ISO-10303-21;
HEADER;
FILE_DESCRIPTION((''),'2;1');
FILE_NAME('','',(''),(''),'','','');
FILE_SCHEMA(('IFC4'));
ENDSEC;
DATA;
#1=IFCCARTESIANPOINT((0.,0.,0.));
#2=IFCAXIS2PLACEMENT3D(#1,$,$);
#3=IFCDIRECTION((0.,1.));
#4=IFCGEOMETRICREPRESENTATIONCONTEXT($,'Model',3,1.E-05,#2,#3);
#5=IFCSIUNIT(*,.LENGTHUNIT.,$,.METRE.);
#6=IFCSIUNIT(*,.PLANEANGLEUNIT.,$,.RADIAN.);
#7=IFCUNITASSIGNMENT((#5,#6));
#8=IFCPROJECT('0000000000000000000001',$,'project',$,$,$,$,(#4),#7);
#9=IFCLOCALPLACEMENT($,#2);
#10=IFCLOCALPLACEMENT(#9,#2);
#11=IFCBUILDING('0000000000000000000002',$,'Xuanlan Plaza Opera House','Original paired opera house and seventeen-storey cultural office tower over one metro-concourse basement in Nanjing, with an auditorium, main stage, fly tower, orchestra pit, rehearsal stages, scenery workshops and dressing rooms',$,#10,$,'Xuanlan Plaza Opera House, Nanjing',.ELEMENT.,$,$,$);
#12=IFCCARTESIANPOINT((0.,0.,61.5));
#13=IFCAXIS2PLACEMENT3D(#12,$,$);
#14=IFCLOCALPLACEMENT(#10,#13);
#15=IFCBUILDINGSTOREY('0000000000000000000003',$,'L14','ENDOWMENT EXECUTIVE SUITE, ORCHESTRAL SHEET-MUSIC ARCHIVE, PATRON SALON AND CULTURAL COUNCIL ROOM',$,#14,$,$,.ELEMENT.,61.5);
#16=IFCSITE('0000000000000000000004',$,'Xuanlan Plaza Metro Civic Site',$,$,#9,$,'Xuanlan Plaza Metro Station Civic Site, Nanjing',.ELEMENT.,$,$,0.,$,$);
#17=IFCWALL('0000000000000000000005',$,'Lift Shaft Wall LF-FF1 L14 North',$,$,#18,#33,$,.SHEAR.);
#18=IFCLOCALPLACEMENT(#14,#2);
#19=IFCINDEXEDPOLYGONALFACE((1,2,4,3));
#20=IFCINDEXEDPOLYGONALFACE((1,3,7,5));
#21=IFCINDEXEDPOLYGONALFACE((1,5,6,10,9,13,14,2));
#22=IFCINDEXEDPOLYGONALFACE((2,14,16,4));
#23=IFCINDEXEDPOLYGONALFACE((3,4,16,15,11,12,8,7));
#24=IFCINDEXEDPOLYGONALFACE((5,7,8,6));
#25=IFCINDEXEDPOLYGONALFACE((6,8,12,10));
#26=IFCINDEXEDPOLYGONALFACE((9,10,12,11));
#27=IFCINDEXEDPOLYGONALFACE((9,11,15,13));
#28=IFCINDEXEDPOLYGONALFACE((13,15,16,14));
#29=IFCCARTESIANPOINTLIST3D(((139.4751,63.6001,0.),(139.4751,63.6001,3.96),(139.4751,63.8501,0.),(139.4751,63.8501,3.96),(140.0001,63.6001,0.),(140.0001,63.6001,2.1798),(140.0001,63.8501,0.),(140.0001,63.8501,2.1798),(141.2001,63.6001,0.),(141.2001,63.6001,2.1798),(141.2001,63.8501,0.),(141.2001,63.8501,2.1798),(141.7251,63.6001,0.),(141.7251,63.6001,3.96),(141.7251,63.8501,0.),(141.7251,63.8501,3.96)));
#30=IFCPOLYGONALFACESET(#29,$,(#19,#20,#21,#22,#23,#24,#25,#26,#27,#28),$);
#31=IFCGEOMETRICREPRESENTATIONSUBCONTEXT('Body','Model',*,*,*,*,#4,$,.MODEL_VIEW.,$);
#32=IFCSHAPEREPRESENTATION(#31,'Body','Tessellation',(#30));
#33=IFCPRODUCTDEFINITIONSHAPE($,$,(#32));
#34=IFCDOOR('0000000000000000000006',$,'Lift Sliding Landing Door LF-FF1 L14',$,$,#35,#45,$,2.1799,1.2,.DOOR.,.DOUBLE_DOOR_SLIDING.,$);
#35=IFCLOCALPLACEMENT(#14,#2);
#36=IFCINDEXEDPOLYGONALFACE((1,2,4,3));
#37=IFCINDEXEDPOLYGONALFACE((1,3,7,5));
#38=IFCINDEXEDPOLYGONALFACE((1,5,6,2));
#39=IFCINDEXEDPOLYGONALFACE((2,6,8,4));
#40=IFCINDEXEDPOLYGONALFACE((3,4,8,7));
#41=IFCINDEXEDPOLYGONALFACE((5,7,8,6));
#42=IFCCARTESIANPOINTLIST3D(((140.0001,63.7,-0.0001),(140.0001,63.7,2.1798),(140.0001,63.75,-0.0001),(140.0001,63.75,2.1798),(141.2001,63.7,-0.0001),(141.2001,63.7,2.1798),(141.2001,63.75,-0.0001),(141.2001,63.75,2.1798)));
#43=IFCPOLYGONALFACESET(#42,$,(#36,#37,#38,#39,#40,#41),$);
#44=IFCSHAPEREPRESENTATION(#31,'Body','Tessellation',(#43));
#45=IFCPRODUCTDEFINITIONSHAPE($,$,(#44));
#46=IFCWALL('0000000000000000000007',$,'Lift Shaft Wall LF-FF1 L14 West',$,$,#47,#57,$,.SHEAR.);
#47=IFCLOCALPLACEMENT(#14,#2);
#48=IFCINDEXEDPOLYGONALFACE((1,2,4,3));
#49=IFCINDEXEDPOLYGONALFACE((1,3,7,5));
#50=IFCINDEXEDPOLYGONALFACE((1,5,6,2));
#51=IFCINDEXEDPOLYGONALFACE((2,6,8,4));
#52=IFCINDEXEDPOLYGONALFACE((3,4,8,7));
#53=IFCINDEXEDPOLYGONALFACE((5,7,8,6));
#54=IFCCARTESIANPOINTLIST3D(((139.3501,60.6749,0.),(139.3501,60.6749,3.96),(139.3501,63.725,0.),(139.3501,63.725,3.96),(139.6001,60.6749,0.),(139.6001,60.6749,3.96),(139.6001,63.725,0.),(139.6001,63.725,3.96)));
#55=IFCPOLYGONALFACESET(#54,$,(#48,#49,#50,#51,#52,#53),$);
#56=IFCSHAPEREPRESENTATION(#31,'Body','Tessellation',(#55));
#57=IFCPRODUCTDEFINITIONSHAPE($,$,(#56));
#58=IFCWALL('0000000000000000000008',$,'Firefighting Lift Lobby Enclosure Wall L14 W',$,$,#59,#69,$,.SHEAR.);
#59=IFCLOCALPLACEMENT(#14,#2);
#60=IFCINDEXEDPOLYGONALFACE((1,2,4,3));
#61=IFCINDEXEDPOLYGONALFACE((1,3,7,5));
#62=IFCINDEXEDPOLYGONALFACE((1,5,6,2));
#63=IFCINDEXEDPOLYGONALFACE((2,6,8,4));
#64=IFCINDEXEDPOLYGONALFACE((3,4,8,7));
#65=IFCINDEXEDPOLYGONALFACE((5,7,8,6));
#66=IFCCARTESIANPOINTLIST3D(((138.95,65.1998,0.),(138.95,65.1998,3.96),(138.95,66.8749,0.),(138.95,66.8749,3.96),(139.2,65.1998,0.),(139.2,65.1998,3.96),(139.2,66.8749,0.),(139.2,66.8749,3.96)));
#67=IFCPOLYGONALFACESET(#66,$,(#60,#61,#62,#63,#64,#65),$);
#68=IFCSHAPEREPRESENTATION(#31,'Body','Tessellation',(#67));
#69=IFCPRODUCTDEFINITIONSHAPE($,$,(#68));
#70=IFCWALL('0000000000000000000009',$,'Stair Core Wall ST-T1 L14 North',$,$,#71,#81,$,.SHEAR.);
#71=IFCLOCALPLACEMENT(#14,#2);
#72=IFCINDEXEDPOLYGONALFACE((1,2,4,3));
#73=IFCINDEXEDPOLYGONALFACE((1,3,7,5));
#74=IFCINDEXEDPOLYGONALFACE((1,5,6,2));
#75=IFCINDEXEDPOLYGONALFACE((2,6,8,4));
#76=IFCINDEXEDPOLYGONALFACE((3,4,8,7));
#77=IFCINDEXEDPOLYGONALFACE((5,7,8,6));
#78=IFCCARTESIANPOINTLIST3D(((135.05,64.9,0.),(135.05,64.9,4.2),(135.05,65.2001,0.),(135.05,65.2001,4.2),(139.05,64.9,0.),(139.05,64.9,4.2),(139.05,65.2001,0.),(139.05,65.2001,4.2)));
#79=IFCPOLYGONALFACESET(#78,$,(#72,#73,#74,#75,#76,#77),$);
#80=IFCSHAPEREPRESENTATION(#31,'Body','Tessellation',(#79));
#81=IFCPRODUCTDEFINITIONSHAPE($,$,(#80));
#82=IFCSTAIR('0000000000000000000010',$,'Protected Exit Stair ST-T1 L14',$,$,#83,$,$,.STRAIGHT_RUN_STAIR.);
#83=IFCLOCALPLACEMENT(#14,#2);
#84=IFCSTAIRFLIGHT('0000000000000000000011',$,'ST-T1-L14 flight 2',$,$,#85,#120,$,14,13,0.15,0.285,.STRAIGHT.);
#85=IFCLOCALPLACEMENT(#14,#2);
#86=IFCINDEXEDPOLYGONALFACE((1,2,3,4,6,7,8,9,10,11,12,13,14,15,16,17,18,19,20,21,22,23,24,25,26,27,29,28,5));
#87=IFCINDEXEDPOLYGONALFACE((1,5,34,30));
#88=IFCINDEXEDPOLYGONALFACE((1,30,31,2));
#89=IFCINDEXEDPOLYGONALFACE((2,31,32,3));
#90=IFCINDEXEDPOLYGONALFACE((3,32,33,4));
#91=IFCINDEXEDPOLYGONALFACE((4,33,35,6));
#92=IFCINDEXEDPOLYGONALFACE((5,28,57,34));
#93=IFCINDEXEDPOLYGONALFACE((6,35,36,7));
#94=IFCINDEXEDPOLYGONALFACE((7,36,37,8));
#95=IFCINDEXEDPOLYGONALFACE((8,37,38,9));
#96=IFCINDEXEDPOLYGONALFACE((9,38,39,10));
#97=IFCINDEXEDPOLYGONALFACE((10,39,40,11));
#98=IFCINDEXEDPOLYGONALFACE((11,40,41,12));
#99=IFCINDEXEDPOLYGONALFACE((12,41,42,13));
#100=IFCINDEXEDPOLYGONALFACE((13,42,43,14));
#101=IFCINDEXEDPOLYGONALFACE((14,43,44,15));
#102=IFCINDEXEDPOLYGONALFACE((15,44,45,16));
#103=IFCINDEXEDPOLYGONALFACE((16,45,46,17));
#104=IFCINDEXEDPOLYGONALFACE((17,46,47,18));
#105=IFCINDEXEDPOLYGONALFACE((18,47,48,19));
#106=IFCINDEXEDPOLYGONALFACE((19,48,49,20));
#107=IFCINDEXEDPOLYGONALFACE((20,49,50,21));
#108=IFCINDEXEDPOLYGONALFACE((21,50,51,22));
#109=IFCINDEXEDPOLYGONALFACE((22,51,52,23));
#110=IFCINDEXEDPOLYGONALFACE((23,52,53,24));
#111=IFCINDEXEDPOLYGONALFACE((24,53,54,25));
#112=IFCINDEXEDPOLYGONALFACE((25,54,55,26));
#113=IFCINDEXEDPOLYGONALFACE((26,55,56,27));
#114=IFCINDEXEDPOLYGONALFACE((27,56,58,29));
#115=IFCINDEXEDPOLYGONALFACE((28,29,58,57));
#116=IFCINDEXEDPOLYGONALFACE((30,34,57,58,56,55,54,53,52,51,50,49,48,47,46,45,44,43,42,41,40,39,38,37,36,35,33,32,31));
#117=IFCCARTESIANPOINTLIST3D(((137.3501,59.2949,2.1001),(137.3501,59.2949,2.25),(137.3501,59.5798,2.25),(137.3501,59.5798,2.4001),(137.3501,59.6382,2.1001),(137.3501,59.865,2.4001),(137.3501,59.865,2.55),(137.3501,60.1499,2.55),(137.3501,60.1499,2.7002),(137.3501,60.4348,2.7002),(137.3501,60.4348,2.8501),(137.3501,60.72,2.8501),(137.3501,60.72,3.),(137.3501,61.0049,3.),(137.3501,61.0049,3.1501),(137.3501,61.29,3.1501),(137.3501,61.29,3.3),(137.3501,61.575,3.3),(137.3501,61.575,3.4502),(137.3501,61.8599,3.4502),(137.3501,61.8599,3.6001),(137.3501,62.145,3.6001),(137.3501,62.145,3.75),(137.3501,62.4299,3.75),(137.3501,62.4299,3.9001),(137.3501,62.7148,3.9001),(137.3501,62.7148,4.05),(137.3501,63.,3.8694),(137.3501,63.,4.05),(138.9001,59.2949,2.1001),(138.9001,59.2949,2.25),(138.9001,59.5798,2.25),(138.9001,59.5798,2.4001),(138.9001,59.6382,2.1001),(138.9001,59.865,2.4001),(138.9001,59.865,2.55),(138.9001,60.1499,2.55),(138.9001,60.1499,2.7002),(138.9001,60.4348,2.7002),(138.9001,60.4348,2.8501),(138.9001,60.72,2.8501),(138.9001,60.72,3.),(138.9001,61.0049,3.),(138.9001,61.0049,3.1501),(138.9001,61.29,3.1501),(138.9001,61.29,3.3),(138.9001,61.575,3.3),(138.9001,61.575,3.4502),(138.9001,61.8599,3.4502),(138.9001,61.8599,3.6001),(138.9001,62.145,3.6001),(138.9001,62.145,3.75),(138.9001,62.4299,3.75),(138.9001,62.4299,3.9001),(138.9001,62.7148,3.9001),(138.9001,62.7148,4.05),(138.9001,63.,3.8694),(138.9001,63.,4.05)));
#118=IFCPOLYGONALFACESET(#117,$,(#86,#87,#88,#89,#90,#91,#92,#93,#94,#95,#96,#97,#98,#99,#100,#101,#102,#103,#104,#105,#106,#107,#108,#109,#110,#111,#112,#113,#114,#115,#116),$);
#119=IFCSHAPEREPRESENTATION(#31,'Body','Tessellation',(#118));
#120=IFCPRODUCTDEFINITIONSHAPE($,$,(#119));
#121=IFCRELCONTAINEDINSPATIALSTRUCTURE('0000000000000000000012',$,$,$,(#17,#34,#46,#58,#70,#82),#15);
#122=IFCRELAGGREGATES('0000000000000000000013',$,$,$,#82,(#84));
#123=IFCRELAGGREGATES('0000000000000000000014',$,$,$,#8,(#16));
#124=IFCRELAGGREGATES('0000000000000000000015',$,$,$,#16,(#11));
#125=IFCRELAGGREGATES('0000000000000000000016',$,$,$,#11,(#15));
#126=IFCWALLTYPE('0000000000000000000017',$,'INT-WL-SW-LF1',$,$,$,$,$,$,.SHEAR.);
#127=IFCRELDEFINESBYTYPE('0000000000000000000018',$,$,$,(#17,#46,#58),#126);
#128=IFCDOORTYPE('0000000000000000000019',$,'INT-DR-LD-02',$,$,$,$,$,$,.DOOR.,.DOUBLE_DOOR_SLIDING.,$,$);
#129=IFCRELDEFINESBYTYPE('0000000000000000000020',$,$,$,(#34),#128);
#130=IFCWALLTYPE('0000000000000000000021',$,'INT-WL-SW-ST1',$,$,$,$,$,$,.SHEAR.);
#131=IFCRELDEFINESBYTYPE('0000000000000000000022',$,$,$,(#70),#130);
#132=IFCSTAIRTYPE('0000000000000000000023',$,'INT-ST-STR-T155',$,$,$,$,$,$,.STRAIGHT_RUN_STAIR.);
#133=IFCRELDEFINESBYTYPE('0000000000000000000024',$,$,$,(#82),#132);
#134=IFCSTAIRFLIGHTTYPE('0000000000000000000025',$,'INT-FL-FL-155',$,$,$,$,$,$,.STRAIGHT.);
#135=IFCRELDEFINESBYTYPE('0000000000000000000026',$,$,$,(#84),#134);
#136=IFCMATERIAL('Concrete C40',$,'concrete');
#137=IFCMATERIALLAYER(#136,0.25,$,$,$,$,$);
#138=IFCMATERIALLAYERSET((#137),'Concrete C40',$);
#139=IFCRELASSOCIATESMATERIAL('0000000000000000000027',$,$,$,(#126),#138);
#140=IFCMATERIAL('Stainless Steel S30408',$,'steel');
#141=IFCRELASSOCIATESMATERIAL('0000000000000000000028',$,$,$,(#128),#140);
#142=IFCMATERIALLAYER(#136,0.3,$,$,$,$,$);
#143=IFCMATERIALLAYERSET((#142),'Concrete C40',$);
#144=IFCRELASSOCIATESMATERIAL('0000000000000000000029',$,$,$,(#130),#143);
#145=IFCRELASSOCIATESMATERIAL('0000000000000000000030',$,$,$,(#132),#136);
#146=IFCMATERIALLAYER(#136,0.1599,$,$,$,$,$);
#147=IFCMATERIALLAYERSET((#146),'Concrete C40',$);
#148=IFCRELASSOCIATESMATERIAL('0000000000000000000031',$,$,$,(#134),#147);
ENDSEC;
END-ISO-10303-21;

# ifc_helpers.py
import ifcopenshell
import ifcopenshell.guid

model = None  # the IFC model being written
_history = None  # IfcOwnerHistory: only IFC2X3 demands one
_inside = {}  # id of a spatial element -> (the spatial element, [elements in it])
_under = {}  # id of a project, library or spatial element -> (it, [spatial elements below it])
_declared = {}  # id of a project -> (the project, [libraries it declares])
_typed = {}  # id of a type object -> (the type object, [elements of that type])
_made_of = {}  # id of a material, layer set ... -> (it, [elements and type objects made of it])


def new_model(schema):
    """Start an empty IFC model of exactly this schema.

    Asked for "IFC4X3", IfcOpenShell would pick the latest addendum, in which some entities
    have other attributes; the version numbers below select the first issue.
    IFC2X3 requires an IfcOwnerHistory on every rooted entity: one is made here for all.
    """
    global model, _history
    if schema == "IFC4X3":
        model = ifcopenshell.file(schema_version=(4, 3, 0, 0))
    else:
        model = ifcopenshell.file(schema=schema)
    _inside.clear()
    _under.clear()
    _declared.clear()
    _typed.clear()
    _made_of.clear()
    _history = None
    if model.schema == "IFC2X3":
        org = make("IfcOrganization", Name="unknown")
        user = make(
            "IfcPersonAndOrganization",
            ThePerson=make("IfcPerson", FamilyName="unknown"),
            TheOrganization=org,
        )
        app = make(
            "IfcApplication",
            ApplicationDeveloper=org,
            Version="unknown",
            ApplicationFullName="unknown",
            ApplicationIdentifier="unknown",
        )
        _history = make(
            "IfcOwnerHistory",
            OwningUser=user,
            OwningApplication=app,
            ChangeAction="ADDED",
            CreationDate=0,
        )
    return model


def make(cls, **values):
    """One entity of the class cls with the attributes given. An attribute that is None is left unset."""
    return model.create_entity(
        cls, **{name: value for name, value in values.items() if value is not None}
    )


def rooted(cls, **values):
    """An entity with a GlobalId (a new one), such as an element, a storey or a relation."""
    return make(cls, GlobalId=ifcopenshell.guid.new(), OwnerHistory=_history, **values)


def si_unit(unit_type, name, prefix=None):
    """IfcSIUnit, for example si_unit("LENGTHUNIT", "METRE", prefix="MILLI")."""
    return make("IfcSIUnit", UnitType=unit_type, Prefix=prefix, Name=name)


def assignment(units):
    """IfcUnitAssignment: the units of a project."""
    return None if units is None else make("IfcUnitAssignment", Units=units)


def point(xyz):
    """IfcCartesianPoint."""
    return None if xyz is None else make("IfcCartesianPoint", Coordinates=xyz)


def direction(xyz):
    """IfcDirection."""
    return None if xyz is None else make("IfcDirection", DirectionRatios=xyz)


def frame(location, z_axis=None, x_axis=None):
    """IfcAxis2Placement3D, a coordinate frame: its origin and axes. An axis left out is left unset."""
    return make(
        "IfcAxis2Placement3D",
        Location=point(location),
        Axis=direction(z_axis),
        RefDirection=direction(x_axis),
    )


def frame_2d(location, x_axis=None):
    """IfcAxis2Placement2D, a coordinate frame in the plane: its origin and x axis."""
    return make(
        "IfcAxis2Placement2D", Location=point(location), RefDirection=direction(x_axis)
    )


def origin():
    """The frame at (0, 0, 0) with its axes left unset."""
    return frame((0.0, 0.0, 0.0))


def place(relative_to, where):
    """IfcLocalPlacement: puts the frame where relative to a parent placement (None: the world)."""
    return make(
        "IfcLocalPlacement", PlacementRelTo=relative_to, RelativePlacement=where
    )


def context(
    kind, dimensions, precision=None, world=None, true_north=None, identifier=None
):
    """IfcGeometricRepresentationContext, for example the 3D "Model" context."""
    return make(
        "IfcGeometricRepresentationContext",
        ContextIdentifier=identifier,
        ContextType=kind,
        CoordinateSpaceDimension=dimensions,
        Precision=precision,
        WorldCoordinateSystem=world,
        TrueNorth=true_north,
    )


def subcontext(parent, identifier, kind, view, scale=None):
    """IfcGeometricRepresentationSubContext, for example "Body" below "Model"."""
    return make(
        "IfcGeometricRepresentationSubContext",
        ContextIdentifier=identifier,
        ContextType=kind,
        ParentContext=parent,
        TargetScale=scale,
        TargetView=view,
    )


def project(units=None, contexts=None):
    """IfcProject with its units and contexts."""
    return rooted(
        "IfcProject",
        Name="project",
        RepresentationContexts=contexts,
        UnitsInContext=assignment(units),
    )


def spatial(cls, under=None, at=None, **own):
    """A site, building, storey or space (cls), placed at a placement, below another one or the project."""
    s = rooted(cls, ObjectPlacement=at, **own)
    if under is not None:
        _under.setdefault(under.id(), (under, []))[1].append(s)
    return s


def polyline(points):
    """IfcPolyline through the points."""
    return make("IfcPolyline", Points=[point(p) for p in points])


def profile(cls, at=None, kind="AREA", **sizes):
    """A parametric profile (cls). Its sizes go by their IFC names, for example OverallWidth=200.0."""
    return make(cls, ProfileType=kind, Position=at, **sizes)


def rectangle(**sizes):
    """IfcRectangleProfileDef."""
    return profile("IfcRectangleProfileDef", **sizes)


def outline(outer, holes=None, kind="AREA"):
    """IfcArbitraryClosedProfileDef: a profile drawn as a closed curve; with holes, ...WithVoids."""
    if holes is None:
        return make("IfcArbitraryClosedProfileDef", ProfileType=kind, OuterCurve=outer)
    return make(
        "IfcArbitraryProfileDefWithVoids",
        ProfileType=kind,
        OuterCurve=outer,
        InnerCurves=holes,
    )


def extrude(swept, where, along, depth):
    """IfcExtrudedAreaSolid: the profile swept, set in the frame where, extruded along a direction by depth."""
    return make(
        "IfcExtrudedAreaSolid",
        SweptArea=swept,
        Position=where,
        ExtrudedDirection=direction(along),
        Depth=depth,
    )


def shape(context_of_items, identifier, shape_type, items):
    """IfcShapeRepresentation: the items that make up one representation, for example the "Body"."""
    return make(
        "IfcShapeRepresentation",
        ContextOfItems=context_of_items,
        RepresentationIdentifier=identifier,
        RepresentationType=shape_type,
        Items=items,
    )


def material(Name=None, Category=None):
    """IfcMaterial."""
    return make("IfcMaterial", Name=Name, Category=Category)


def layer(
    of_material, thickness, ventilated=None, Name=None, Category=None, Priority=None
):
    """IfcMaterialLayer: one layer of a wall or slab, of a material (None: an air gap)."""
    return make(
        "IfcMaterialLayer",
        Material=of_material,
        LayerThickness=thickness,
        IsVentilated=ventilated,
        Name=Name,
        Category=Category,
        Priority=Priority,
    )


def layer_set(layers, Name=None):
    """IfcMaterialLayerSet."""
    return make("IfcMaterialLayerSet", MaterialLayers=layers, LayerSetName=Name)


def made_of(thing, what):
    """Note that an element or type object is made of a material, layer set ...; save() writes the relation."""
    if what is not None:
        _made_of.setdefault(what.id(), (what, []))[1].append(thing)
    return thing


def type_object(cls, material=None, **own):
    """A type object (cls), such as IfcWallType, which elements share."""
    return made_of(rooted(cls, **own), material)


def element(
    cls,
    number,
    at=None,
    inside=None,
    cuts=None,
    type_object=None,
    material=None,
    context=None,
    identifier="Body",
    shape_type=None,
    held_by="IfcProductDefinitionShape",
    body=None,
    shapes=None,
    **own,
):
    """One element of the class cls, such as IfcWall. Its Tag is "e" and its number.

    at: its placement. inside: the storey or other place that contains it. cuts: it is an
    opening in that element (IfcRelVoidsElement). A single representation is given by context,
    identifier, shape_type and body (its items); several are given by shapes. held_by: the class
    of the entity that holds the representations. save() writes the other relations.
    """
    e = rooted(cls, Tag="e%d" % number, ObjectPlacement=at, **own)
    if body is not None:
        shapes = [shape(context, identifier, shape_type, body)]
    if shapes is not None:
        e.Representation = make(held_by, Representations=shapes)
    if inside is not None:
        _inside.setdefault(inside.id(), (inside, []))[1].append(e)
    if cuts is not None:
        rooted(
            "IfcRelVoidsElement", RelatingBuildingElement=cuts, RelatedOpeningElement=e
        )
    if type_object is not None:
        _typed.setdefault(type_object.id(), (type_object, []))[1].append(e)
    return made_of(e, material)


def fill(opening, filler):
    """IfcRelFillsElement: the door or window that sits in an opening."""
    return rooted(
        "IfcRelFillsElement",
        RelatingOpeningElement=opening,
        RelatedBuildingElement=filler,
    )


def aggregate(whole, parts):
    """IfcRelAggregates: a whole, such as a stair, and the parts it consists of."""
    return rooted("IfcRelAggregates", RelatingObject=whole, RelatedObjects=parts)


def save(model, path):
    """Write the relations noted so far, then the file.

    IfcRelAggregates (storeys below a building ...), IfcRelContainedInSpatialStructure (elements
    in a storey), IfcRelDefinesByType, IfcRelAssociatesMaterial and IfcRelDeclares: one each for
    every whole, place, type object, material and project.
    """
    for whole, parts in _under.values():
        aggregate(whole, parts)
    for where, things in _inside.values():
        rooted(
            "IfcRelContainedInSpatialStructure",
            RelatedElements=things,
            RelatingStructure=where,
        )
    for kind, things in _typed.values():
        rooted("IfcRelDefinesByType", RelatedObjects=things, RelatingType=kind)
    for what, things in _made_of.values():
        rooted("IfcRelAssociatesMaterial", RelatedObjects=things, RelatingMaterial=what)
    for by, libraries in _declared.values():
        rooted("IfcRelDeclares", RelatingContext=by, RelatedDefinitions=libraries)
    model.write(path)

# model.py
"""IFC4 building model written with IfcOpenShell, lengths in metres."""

from ifc_helpers import new_model, si_unit, direction, frame, frame_2d, origin, place, context, subcontext, project, spatial, polyline, rectangle, outline, extrude, material, layer, layer_set, type_object, element, fill, aggregate, save


model = new_model("IFC4")

# Units and contexts
model_context = context("Model", 3, precision=1e-05, world=origin(), true_north=direction((0.0, 1.0)))
body_context = subcontext(model_context, "Body", "Model", "MODEL_VIEW")
ifc_project = project(units=[si_unit("LENGTHUNIT", "METRE"), si_unit("PLANEANGLEUNIT", "RADIAN")], contexts=[model_context])

# Site, building, storey
site_placement = place(None, origin())
site = spatial("IfcSite", under=ifc_project, at=site_placement, Name="Xuanlan Plaza Metro Civic Site", LongName="Xuanlan Plaza Metro Station Civic Site, Nanjing", CompositionType="ELEMENT", RefElevation=0.0)
building_placement = place(site_placement, origin())
building = spatial("IfcBuilding", under=site, at=building_placement, Name="Xuanlan Plaza Opera House", Description="Original paired opera house and seventeen-storey cultural office tower over one metro-concourse basement in Nanjing, with an auditorium, main stage, fly tower, orchestra pit, rehearsal stages, scenery workshops and dressing rooms", LongName="Xuanlan Plaza Opera House, Nanjing", CompositionType="ELEMENT")
storey_placement = place(building_placement, frame((0.0, 0.0, 61.5)))
storey = spatial("IfcBuildingStorey", under=building, at=storey_placement, Name="L14", Description="ENDOWMENT EXECUTIVE SUITE, ORCHESTRAL SHEET-MUSIC ARCHIVE, PATRON SALON AND CULTURAL COUNCIL ROOM", CompositionType="ELEMENT", Elevation=61.5)

# Shared definitions
ifc_material_1 = material(Name="Concrete C40", Category="concrete")

# Shared definitions
ifc_layer_1 = layer(ifc_material_1, 0.25)
ifc_layer_set_1 = layer_set([ifc_layer_1], Name="Concrete C40")
wall_type_1 = type_object("IfcWallType", Name="INT-WL-SW-LF1", PredefinedType="SHEAR", material=ifc_layer_set_1)

# Wall, opening, door
wall_1_placement = place(storey_placement, frame((139.4751, 63.7251, 0.0), z_axis=(0.0, 0.0, 1.0), x_axis=(1.0, 0.0, 0.0)))
wall_1 = element("IfcWall", 1, at=wall_1_placement, inside=storey, type_object=wall_type_1, Name="Lift Shaft Wall LF-FF1 L14 North", PredefinedType="SHEAR", context=body_context, shape_type="SweptSolid", body=[
    extrude(rectangle(XDim=2.25, YDim=0.25, at=frame_2d((1.125, 0.0))), origin(), (0.0, 0.0, 1.0), 3.96),
])
opening_1_placement = place(wall_1_placement, frame((0.5249, 0.0, 0.0)))
opening_1 = element("IfcOpeningElement", 2, at=opening_1_placement, cuts=wall_1, PredefinedType="OPENING", context=body_context, shape_type="SweptSolid", body=[
    extrude(rectangle(XDim=1.2, YDim=2.1799, at=frame_2d((0.6001, 1.0898))), frame((0.0, 0.135, 0.0), z_axis=(0.0, -1.0, 0.0), x_axis=(1.0, 0.0, 0.0)), (0.0, 0.0, 1.0), 0.27),
])
ifc_material_2 = material(Name="Stainless Steel S30408", Category="steel")
door_type_1 = type_object("IfcDoorType", Name="INT-DR-LD-02", OperationType="DOUBLE_DOOR_SLIDING", PredefinedType="DOOR", material=ifc_material_2)
door_1_placement = place(opening_1_placement, origin())
door_1 = element("IfcDoor", 3, at=door_1_placement, inside=storey, type_object=door_type_1, Name="Lift Sliding Landing Door LF-FF1 L14", OperationType="DOUBLE_DOOR_SLIDING", OverallHeight=2.1799, OverallWidth=1.2, PredefinedType="DOOR", context=body_context, shape_type="SweptSolid", body=[
    extrude(rectangle(XDim=1.2, YDim=2.1799, at=frame_2d((0.6001, 1.0898))), frame((0.0, 0.0249, 0.0), z_axis=(0.0, -1.0, 0.0), x_axis=(1.0, 0.0, 0.0)), (0.0, 0.0, 1.0), 0.05),
])
fill(opening_1, door_1)

# Walls
wall_2_placement = place(storey_placement, frame((139.4751, 60.675, 0.0), z_axis=(0.0, 0.0, 1.0), x_axis=(0.0, 1.0, 0.0)))
element("IfcWall", 4, at=wall_2_placement, inside=storey, type_object=wall_type_1, Name="Lift Shaft Wall LF-FF1 L14 West", PredefinedType="SHEAR", context=body_context, shape_type="SweptSolid", body=[
    extrude(rectangle(XDim=3.05, YDim=0.25, at=frame_2d((1.5249, 0.0))), origin(), (0.0, 0.0, 1.0), 3.96),
])
wall_3_placement = place(storey_placement, frame((139.075, 65.2, 0.0), z_axis=(0.0, 0.0, 1.0), x_axis=(0.0, 1.0, 0.0)))
element("IfcWall", 5, at=wall_3_placement, inside=storey, type_object=wall_type_1, Name="Firefighting Lift Lobby Enclosure Wall L14 W", PredefinedType="SHEAR", context=body_context, shape_type="SweptSolid", body=[
    extrude(rectangle(XDim=1.675, YDim=0.25, at=frame_2d((0.8374, 0.0))), origin(), (0.0, 0.0, 1.0), 3.96),
])

# Wall
ifc_layer_2 = layer(ifc_material_1, 0.3)
ifc_layer_set_2 = layer_set([ifc_layer_2], Name="Concrete C40")
wall_type_2 = type_object("IfcWallType", Name="INT-WL-SW-ST1", PredefinedType="SHEAR", material=ifc_layer_set_2)
wall_4_placement = place(storey_placement, frame((135.05, 65.05, 0.0), z_axis=(0.0, 0.0, 1.0), x_axis=(1.0, 0.0, 0.0)))
element("IfcWall", 6, at=wall_4_placement, inside=storey, type_object=wall_type_2, Name="Stair Core Wall ST-T1 L14 North", PredefinedType="SHEAR", context=body_context, shape_type="SweptSolid", body=[
    extrude(rectangle(XDim=4.0, YDim=0.3, at=frame_2d((2.0, 0.0))), origin(), (0.0, 0.0, 1.0), 4.2),
])

# Stair, stair flight
stair_type = type_object("IfcStairType", Name="INT-ST-STR-T155", PredefinedType="STRAIGHT_RUN_STAIR", material=ifc_material_1)
stair_placement = place(storey_placement, origin())
stair = element("IfcStair", 7, at=stair_placement, inside=storey, type_object=stair_type, Name="Protected Exit Stair ST-T1 L14", PredefinedType="STRAIGHT_RUN_STAIR")
ifc_layer_3 = layer(ifc_material_1, 0.1599)
ifc_layer_set_3 = layer_set([ifc_layer_3], Name="Concrete C40")
stair_flight_type = type_object("IfcStairFlightType", Name="INT-FL-FL-155", PredefinedType="STRAIGHT", material=ifc_layer_set_3)
stair_flight_placement = place(storey_placement, frame((138.125, 59.2949, 2.1001), z_axis=(0.0, 0.0, 1.0), x_axis=(0.0, 1.0, 0.0)))
stair_flight = element("IfcStairFlight", 8, at=stair_flight_placement, type_object=stair_flight_type, Name="ST-T1-L14 flight 2", NumberOfRisers=14, NumberOfTreads=13, PredefinedType="STRAIGHT", RiserHeight=0.15, TreadLength=0.285, context=body_context, shape_type="SweptSolid", body=[
    extrude(outline(polyline([(0.0, 0.0), (0.0, 0.1499), (0.2849, 0.1499), (0.2849, 0.3), (0.5701, 0.3), (0.5701, 0.45), (0.855, 0.45), (0.855, 0.6001), (1.1399, 0.6001), (1.1399, 0.75), (1.425, 0.75), (1.425, 0.8999), (1.71, 0.8999), (1.71, 1.05), (1.9951, 1.05), (1.9951, 1.2), (2.28, 1.2), (2.28, 1.3501), (2.5649, 1.3501), (2.5649, 1.5), (2.8501, 1.5), (2.8501, 1.6499), (3.135, 1.6499), (3.135, 1.8), (3.4199, 1.8), (3.4199, 1.95), (3.7051, 1.95), (3.7051, 2.1001), (3.7051, 1.7693), (0.3433, 0.0), (0.0, 0.0)])), frame((0.0, 0.7749, 0.0), z_axis=(0.0, -1.0, 0.0), x_axis=(1.0, 0.0, 0.0)), (0.0, 0.0, 1.0), 1.55),
])
aggregate(stair, [stair_flight])

save(model, "model.ifc")
